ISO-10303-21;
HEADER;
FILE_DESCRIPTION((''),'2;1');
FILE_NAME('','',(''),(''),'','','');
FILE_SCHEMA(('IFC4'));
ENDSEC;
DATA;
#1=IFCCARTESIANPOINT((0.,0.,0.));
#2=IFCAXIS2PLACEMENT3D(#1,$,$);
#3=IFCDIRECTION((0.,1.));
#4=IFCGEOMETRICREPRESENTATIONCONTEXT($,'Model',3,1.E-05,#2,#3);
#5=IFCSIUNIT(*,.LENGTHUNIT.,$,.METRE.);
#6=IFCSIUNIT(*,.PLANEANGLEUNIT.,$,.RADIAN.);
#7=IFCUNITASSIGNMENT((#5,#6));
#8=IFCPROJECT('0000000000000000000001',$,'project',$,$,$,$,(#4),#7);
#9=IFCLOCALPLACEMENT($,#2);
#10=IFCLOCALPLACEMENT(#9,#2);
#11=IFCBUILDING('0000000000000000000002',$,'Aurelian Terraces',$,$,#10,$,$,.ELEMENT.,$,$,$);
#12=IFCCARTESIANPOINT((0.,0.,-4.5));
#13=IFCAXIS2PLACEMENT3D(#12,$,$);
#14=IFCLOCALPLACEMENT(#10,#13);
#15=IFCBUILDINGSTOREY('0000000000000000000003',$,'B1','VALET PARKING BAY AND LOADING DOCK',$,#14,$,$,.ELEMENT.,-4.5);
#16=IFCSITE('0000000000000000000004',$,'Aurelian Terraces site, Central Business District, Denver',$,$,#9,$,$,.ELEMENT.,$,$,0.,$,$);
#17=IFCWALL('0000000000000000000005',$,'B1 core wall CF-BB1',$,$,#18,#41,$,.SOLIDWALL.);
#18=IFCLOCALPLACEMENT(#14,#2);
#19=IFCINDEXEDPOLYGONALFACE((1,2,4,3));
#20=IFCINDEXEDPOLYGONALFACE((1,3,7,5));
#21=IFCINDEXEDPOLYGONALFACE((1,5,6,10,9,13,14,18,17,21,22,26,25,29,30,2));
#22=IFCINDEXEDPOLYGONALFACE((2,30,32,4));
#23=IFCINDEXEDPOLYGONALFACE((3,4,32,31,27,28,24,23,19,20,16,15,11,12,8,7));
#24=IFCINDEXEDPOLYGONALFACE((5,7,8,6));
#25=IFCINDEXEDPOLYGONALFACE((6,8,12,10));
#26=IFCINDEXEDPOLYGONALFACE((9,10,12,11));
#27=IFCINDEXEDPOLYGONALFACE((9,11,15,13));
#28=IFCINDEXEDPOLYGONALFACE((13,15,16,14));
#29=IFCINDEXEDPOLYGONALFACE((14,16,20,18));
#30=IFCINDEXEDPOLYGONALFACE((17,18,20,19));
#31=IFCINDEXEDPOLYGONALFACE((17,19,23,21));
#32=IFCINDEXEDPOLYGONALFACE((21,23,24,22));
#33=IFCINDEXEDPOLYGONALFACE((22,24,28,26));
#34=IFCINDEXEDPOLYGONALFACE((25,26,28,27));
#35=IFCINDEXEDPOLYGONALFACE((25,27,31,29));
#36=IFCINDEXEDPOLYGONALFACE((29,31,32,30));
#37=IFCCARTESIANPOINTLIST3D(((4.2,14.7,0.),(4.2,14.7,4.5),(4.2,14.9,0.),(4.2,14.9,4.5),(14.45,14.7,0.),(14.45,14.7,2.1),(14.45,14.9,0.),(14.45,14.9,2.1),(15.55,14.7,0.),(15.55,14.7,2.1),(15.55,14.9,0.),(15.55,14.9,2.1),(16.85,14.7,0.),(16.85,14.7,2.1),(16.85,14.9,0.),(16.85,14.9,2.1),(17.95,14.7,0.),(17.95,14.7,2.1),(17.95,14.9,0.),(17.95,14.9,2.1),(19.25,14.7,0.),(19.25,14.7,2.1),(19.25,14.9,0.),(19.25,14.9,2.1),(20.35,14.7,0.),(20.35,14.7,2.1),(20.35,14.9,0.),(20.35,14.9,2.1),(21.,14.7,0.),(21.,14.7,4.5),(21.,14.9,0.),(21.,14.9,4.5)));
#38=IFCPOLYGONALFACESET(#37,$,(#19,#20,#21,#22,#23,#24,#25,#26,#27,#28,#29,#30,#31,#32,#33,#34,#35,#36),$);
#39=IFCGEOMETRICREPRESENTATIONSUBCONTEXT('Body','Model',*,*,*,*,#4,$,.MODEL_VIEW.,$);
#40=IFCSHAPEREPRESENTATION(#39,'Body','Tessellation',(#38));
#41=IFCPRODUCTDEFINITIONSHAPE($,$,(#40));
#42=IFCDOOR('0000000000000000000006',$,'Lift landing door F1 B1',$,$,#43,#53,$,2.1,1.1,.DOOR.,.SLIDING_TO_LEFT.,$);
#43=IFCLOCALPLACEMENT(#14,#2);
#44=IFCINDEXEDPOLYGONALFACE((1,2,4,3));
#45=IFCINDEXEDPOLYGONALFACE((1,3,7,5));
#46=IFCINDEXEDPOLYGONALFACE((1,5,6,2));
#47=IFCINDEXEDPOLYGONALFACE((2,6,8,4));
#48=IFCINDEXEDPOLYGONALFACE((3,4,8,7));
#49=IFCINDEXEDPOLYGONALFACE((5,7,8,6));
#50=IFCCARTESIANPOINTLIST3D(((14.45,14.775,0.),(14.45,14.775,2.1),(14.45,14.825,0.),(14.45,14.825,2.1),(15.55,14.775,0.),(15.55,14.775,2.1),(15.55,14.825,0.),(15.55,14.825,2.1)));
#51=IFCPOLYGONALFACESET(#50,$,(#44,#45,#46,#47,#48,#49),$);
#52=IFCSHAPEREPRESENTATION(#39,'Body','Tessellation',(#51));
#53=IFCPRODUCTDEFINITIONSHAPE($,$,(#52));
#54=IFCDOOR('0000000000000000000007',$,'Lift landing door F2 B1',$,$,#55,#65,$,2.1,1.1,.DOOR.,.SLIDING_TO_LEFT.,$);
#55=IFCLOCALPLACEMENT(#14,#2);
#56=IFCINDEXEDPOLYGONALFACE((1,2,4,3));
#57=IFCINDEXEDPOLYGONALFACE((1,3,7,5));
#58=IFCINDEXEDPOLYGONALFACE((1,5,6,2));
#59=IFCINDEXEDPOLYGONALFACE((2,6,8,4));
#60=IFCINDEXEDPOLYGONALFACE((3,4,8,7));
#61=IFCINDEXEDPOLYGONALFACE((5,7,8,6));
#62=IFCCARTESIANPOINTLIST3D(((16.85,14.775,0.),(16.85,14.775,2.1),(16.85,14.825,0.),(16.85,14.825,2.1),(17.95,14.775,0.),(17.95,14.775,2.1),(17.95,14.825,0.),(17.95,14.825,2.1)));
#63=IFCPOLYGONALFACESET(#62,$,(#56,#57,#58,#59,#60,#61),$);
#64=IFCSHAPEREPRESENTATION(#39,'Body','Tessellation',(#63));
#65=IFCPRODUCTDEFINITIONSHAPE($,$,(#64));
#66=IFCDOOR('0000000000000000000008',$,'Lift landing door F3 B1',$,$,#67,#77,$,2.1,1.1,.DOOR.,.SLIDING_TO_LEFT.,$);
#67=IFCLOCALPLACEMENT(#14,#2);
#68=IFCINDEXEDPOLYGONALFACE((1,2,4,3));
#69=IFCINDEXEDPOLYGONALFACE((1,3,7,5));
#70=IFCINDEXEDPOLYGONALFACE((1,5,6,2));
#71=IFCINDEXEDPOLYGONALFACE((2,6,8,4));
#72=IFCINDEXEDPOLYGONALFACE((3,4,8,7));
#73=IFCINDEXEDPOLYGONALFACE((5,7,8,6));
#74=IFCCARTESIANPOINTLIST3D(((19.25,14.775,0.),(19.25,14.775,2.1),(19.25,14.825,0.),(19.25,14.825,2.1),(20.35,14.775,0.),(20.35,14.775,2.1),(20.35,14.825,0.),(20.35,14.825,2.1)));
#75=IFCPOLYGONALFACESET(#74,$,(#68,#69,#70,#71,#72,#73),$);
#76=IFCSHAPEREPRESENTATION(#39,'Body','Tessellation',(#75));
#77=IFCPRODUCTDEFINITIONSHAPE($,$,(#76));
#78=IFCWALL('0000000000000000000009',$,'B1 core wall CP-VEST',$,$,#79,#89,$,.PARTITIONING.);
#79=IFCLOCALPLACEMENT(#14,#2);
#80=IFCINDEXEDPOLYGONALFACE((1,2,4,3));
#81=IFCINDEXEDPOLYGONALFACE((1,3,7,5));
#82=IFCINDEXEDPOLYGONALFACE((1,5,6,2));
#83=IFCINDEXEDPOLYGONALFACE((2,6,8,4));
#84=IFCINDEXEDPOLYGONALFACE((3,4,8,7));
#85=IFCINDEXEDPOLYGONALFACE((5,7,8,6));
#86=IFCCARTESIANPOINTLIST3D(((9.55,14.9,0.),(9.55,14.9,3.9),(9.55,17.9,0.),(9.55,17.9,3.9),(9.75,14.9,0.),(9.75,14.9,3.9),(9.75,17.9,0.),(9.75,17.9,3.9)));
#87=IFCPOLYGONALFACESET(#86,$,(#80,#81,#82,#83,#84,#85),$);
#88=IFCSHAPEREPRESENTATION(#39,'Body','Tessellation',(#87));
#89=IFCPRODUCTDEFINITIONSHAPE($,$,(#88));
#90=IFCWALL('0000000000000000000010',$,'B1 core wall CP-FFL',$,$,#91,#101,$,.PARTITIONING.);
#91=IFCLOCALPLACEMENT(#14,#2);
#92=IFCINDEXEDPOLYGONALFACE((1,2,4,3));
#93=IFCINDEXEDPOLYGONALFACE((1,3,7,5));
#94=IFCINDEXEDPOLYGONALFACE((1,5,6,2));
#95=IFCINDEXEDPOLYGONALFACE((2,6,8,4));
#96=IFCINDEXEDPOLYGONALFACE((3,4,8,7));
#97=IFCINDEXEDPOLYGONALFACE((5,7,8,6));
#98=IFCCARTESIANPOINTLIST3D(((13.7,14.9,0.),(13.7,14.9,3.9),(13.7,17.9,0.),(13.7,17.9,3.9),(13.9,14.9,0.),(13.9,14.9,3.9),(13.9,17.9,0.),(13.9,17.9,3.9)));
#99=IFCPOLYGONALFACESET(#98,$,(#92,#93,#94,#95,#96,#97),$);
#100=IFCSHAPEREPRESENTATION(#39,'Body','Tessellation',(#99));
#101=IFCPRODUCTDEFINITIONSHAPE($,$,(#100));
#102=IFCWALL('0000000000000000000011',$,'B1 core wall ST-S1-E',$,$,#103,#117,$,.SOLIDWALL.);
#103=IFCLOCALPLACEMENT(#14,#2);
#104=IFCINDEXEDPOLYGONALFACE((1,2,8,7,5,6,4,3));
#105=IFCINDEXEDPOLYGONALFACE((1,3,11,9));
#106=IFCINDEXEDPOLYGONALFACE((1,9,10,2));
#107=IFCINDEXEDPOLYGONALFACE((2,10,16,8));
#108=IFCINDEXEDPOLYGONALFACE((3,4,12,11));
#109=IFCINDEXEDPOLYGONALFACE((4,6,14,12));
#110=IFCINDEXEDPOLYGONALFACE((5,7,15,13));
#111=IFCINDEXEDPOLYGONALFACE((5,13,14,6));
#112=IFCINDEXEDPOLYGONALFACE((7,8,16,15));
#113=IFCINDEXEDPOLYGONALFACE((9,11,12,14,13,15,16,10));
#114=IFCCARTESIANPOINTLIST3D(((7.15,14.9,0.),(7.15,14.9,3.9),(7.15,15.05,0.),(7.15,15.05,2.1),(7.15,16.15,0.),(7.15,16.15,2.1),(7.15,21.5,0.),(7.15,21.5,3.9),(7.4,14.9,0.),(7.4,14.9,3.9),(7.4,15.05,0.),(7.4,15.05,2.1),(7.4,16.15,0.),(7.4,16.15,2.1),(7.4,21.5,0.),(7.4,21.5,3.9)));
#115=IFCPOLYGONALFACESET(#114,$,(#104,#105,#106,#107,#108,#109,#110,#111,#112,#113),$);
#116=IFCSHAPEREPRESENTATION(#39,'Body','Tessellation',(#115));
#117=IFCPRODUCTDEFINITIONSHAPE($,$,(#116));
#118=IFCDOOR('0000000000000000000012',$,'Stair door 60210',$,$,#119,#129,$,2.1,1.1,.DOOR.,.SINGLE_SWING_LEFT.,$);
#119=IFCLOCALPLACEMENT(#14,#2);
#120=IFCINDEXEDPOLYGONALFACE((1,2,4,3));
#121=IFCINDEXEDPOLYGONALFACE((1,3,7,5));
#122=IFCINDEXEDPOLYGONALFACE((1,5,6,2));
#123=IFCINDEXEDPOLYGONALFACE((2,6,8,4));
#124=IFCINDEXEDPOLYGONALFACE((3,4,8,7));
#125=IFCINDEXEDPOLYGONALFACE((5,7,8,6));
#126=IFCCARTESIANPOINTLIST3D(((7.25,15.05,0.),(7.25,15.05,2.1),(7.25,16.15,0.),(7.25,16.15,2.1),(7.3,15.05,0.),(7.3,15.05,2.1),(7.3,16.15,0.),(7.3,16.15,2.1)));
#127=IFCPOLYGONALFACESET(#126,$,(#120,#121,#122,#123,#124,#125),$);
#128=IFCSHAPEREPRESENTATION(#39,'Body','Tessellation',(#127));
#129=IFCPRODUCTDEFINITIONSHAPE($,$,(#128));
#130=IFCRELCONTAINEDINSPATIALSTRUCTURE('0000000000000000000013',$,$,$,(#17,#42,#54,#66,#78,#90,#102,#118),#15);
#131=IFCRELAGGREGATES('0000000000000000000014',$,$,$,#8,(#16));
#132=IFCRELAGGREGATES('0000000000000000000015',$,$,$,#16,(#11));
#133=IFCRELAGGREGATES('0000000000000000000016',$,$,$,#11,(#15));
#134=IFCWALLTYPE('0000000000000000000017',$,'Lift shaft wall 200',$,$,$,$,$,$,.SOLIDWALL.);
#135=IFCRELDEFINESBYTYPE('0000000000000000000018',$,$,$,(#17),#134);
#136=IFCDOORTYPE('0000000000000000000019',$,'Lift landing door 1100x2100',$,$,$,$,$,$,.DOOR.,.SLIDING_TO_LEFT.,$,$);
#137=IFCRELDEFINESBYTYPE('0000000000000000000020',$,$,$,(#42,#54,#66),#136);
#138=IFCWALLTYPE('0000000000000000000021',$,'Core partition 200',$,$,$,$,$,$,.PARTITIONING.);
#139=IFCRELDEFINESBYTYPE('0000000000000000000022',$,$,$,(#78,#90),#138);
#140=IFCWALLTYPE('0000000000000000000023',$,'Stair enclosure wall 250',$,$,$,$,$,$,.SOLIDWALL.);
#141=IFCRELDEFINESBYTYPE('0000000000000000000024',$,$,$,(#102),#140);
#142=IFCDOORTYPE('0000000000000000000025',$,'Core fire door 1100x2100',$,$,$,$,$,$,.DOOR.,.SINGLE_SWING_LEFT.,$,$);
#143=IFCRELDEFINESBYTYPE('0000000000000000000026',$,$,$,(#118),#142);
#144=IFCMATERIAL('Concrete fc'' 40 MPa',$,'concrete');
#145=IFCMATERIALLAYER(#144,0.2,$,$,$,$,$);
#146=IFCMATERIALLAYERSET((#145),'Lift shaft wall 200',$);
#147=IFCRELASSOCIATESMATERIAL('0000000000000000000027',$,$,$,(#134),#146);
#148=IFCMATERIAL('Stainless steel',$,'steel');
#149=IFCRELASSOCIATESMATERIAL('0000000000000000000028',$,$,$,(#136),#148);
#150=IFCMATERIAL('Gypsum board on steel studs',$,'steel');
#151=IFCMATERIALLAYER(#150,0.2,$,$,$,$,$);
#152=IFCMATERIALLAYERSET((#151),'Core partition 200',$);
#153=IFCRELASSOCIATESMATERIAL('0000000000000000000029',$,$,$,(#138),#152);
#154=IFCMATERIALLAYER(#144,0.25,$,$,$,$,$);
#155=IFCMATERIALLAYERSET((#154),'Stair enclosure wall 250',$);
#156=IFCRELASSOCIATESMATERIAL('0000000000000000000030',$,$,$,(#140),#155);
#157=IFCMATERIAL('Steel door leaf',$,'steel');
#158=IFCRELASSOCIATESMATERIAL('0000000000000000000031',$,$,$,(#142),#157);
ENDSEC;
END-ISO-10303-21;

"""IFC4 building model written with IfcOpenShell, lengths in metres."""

from ifc_helpers import new_model, si_unit, direction, frame, frame_2d, origin, place, context, subcontext, project, spatial, rectangle, extrude, source, transform, mapped, material, layer, layer_set, type_object, element, fill, save


model = new_model("IFC4")

# Units and contexts
model_context = context("Model", 3, precision=1e-05, world=origin(), true_north=direction((0.0, 1.0)))
body_context = subcontext(model_context, "Body", "Model", "MODEL_VIEW")
ifc_project = project(units=[si_unit("LENGTHUNIT", "METRE"), si_unit("PLANEANGLEUNIT", "RADIAN")], contexts=[model_context])

# Site, building, storey
site_placement = place(None, origin())
site = spatial("IfcSite", under=ifc_project, at=site_placement, Name="Aurelian Terraces site, Central Business District, Denver", CompositionType="ELEMENT", RefElevation=0.0)
building_placement = place(site_placement, origin())
building = spatial("IfcBuilding", under=site, at=building_placement, Name="Aurelian Terraces", CompositionType="ELEMENT")
storey_placement = place(building_placement, frame((0.0, 0.0, -4.5)))
storey = spatial("IfcBuildingStorey", under=building, at=storey_placement, Name="B1", Description="VALET PARKING BAY AND LOADING DOCK", CompositionType="ELEMENT", Elevation=-4.5)

# Shared definitions
ifc_material_1 = material(Name="Steel door leaf", Category="steel")

# Shared definitions
ifc_material_2 = material(Name="Concrete fc' 40 MPa", Category="concrete")
ifc_layer_1 = layer(ifc_material_2, 0.2)
ifc_layer_set_1 = layer_set([ifc_layer_1], Name="Lift shaft wall 200")
wall_type_1 = type_object("IfcWallType", Name="Lift shaft wall 200", PredefinedType="SOLIDWALL", material=ifc_layer_set_1)

# Wall, openings, doors
shared_shape_1 = source(origin(), body_context, "Body", "SweptSolid", [
    extrude(rectangle(XDim=16.8, YDim=0.2, at=frame_2d((8.4, 0.0))), origin(), (0.0, 0.0, 1.0), 4.5),
])
wall_1_placement = place(storey_placement, frame((4.2, 14.8, 0.0), z_axis=(0.0, 0.0, 1.0), x_axis=(1.0, 0.0, 0.0)))
wall_1 = element("IfcWall", 1, at=wall_1_placement, inside=storey, type_object=wall_type_1, Name="B1 core wall CF-BB1", PredefinedType="SOLIDWALL", context=body_context, shape_type="MappedRepresentation", body=[
    mapped(shared_shape_1, transform((0.0, 0.0, 0.0), scale=1.0)),
])
shared_shape_2 = source(origin(), body_context, "Body", "SweptSolid", [
    extrude(rectangle(XDim=1.1, YDim=2.1, at=frame_2d((0.55, 1.05))), frame((0.0, 0.11, 0.0), z_axis=(0.0, -1.0, 0.0), x_axis=(1.0, 0.0, 0.0)), (0.0, 0.0, 1.0), 0.22),
])
opening_1_placement = place(wall_1_placement, frame((10.25, 0.0, 0.0)))
opening_1 = element("IfcOpeningElement", 2, at=opening_1_placement, cuts=wall_1, PredefinedType="OPENING", context=body_context, shape_type="MappedRepresentation", body=[
    mapped(shared_shape_2, transform((0.0, 0.0, 0.0), scale=1.0)),
])
opening_2_placement = place(wall_1_placement, frame((12.65, 0.0, 0.0)))
opening_2 = element("IfcOpeningElement", 3, at=opening_2_placement, cuts=wall_1, PredefinedType="OPENING", context=body_context, shape_type="MappedRepresentation", body=[
    mapped(shared_shape_2, transform((0.0, 0.0, 0.0), scale=1.0)),
])
opening_3_placement = place(wall_1_placement, frame((15.05, 0.0, 0.0)))
opening_3 = element("IfcOpeningElement", 4, at=opening_3_placement, cuts=wall_1, PredefinedType="OPENING", context=body_context, shape_type="MappedRepresentation", body=[
    mapped(shared_shape_2, transform((0.0, 0.0, 0.0), scale=1.0)),
])
ifc_material_3 = material(Name="Stainless steel", Category="steel")
door_type_1 = type_object("IfcDoorType", Name="Lift landing door 1100x2100", OperationType="SLIDING_TO_LEFT", PredefinedType="DOOR", material=ifc_material_3)
shared_shape_3 = source(origin(), body_context, "Body", "SweptSolid", [
    extrude(rectangle(XDim=1.1, YDim=2.1, at=frame_2d((0.55, 1.05))), frame((0.0, 0.025, 0.0), z_axis=(0.0, -1.0, 0.0), x_axis=(1.0, 0.0, 0.0)), (0.0, 0.0, 1.0), 0.05),
])
door_1_placement = place(opening_1_placement, origin())
door_1 = element("IfcDoor", 5, at=door_1_placement, inside=storey, type_object=door_type_1, Name="Lift landing door F1 B1", OperationType="SLIDING_TO_LEFT", OverallHeight=2.1, OverallWidth=1.1, PredefinedType="DOOR", context=body_context, shape_type="MappedRepresentation", body=[
    mapped(shared_shape_3, transform((0.0, 0.0, 0.0), scale=1.0)),
])
fill(opening_1, door_1)
door_2_placement = place(opening_2_placement, origin())
door_2 = element("IfcDoor", 6, at=door_2_placement, inside=storey, type_object=door_type_1, Name="Lift landing door F2 B1", OperationType="SLIDING_TO_LEFT", OverallHeight=2.1, OverallWidth=1.1, PredefinedType="DOOR", context=body_context, shape_type="MappedRepresentation", body=[
    mapped(shared_shape_3, transform((0.0, 0.0, 0.0), scale=1.0)),
])
fill(opening_2, door_2)
door_3_placement = place(opening_3_placement, origin())
door_3 = element("IfcDoor", 7, at=door_3_placement, inside=storey, type_object=door_type_1, Name="Lift landing door F3 B1", OperationType="SLIDING_TO_LEFT", OverallHeight=2.1, OverallWidth=1.1, PredefinedType="DOOR", context=body_context, shape_type="MappedRepresentation", body=[
    mapped(shared_shape_3, transform((0.0, 0.0, 0.0), scale=1.0)),
])
fill(opening_3, door_3)

# Walls
ifc_material_4 = material(Name="Gypsum board on steel studs", Category="steel")
ifc_layer_2 = layer(ifc_material_4, 0.2)
ifc_layer_set_2 = layer_set([ifc_layer_2], Name="Core partition 200")
wall_type_2 = type_object("IfcWallType", Name="Core partition 200", PredefinedType="PARTITIONING", material=ifc_layer_set_2)
shared_shape_4 = source(origin(), body_context, "Body", "SweptSolid", [
    extrude(rectangle(XDim=3.0, YDim=0.2, at=frame_2d((1.5, 0.0))), origin(), (0.0, 0.0, 1.0), 3.9),
])
for number, where, z_axis, x_axis, name in (
    (8, (9.65, 14.9, 0.0), (0.0, 0.0, 1.0), (0.0, 1.0, 0.0), "B1 core wall CP-VEST"),
    (9, (13.8, 14.9, 0.0), (0.0, 0.0, 1.0), (0.0, 1.0, 0.0), "B1 core wall CP-FFL"),
):
    element("IfcWall", number, at=place(storey_placement, frame(where, z_axis=z_axis, x_axis=x_axis)), inside=storey, type_object=wall_type_2, Name=name, PredefinedType="PARTITIONING", context=body_context, shape_type="MappedRepresentation", body=[
        mapped(shared_shape_4, transform((0.0, 0.0, 0.0), scale=1.0)),
    ])

# Wall, opening, door
ifc_layer_3 = layer(ifc_material_2, 0.25)
ifc_layer_set_3 = layer_set([ifc_layer_3], Name="Stair enclosure wall 250")
wall_type_3 = type_object("IfcWallType", Name="Stair enclosure wall 250", PredefinedType="SOLIDWALL", material=ifc_layer_set_3)
shared_shape_5 = source(origin(), body_context, "Body", "SweptSolid", [
    extrude(rectangle(XDim=6.6, YDim=0.25, at=frame_2d((3.3, 0.0))), origin(), (0.0, 0.0, 1.0), 3.9),
])
wall_2_placement = place(storey_placement, frame((7.275, 14.9, 0.0), z_axis=(0.0, 0.0, 1.0), x_axis=(0.0, 1.0, 0.0)))
wall_2 = element("IfcWall", 10, at=wall_2_placement, inside=storey, type_object=wall_type_3, Name="B1 core wall ST-S1-E", PredefinedType="SOLIDWALL", context=body_context, shape_type="MappedRepresentation", body=[
    mapped(shared_shape_5, transform((0.0, 0.0, 0.0), scale=1.0)),
])
shared_shape_6 = source(origin(), body_context, "Body", "SweptSolid", [
    extrude(rectangle(XDim=1.1, YDim=2.1, at=frame_2d((0.55, 1.05))), frame((0.0, 0.135, 0.0), z_axis=(0.0, -1.0, 0.0), x_axis=(1.0, 0.0, 0.0)), (0.0, 0.0, 1.0), 0.27),
])
opening_4_placement = place(wall_2_placement, frame((0.15, 0.0, 0.0)))
opening_4 = element("IfcOpeningElement", 11, at=opening_4_placement, cuts=wall_2, PredefinedType="OPENING", context=body_context, shape_type="MappedRepresentation", body=[
    mapped(shared_shape_6, transform((0.0, 0.0, 0.0), scale=1.0)),
])
door_type_2 = type_object("IfcDoorType", Name="Core fire door 1100x2100", OperationType="SINGLE_SWING_LEFT", PredefinedType="DOOR", material=ifc_material_1)
door_4_placement = place(opening_4_placement, origin())
door_4 = element("IfcDoor", 12, at=door_4_placement, inside=storey, type_object=door_type_2, Name="Stair door 60210", OperationType="SINGLE_SWING_LEFT", OverallHeight=2.1, OverallWidth=1.1, PredefinedType="DOOR", context=body_context, shape_type="MappedRepresentation", body=[
    mapped(shared_shape_3, transform((0.0, 0.0, 0.0), scale=1.0)),
])
fill(opening_4, door_4)

save(model, "model.ifc")
